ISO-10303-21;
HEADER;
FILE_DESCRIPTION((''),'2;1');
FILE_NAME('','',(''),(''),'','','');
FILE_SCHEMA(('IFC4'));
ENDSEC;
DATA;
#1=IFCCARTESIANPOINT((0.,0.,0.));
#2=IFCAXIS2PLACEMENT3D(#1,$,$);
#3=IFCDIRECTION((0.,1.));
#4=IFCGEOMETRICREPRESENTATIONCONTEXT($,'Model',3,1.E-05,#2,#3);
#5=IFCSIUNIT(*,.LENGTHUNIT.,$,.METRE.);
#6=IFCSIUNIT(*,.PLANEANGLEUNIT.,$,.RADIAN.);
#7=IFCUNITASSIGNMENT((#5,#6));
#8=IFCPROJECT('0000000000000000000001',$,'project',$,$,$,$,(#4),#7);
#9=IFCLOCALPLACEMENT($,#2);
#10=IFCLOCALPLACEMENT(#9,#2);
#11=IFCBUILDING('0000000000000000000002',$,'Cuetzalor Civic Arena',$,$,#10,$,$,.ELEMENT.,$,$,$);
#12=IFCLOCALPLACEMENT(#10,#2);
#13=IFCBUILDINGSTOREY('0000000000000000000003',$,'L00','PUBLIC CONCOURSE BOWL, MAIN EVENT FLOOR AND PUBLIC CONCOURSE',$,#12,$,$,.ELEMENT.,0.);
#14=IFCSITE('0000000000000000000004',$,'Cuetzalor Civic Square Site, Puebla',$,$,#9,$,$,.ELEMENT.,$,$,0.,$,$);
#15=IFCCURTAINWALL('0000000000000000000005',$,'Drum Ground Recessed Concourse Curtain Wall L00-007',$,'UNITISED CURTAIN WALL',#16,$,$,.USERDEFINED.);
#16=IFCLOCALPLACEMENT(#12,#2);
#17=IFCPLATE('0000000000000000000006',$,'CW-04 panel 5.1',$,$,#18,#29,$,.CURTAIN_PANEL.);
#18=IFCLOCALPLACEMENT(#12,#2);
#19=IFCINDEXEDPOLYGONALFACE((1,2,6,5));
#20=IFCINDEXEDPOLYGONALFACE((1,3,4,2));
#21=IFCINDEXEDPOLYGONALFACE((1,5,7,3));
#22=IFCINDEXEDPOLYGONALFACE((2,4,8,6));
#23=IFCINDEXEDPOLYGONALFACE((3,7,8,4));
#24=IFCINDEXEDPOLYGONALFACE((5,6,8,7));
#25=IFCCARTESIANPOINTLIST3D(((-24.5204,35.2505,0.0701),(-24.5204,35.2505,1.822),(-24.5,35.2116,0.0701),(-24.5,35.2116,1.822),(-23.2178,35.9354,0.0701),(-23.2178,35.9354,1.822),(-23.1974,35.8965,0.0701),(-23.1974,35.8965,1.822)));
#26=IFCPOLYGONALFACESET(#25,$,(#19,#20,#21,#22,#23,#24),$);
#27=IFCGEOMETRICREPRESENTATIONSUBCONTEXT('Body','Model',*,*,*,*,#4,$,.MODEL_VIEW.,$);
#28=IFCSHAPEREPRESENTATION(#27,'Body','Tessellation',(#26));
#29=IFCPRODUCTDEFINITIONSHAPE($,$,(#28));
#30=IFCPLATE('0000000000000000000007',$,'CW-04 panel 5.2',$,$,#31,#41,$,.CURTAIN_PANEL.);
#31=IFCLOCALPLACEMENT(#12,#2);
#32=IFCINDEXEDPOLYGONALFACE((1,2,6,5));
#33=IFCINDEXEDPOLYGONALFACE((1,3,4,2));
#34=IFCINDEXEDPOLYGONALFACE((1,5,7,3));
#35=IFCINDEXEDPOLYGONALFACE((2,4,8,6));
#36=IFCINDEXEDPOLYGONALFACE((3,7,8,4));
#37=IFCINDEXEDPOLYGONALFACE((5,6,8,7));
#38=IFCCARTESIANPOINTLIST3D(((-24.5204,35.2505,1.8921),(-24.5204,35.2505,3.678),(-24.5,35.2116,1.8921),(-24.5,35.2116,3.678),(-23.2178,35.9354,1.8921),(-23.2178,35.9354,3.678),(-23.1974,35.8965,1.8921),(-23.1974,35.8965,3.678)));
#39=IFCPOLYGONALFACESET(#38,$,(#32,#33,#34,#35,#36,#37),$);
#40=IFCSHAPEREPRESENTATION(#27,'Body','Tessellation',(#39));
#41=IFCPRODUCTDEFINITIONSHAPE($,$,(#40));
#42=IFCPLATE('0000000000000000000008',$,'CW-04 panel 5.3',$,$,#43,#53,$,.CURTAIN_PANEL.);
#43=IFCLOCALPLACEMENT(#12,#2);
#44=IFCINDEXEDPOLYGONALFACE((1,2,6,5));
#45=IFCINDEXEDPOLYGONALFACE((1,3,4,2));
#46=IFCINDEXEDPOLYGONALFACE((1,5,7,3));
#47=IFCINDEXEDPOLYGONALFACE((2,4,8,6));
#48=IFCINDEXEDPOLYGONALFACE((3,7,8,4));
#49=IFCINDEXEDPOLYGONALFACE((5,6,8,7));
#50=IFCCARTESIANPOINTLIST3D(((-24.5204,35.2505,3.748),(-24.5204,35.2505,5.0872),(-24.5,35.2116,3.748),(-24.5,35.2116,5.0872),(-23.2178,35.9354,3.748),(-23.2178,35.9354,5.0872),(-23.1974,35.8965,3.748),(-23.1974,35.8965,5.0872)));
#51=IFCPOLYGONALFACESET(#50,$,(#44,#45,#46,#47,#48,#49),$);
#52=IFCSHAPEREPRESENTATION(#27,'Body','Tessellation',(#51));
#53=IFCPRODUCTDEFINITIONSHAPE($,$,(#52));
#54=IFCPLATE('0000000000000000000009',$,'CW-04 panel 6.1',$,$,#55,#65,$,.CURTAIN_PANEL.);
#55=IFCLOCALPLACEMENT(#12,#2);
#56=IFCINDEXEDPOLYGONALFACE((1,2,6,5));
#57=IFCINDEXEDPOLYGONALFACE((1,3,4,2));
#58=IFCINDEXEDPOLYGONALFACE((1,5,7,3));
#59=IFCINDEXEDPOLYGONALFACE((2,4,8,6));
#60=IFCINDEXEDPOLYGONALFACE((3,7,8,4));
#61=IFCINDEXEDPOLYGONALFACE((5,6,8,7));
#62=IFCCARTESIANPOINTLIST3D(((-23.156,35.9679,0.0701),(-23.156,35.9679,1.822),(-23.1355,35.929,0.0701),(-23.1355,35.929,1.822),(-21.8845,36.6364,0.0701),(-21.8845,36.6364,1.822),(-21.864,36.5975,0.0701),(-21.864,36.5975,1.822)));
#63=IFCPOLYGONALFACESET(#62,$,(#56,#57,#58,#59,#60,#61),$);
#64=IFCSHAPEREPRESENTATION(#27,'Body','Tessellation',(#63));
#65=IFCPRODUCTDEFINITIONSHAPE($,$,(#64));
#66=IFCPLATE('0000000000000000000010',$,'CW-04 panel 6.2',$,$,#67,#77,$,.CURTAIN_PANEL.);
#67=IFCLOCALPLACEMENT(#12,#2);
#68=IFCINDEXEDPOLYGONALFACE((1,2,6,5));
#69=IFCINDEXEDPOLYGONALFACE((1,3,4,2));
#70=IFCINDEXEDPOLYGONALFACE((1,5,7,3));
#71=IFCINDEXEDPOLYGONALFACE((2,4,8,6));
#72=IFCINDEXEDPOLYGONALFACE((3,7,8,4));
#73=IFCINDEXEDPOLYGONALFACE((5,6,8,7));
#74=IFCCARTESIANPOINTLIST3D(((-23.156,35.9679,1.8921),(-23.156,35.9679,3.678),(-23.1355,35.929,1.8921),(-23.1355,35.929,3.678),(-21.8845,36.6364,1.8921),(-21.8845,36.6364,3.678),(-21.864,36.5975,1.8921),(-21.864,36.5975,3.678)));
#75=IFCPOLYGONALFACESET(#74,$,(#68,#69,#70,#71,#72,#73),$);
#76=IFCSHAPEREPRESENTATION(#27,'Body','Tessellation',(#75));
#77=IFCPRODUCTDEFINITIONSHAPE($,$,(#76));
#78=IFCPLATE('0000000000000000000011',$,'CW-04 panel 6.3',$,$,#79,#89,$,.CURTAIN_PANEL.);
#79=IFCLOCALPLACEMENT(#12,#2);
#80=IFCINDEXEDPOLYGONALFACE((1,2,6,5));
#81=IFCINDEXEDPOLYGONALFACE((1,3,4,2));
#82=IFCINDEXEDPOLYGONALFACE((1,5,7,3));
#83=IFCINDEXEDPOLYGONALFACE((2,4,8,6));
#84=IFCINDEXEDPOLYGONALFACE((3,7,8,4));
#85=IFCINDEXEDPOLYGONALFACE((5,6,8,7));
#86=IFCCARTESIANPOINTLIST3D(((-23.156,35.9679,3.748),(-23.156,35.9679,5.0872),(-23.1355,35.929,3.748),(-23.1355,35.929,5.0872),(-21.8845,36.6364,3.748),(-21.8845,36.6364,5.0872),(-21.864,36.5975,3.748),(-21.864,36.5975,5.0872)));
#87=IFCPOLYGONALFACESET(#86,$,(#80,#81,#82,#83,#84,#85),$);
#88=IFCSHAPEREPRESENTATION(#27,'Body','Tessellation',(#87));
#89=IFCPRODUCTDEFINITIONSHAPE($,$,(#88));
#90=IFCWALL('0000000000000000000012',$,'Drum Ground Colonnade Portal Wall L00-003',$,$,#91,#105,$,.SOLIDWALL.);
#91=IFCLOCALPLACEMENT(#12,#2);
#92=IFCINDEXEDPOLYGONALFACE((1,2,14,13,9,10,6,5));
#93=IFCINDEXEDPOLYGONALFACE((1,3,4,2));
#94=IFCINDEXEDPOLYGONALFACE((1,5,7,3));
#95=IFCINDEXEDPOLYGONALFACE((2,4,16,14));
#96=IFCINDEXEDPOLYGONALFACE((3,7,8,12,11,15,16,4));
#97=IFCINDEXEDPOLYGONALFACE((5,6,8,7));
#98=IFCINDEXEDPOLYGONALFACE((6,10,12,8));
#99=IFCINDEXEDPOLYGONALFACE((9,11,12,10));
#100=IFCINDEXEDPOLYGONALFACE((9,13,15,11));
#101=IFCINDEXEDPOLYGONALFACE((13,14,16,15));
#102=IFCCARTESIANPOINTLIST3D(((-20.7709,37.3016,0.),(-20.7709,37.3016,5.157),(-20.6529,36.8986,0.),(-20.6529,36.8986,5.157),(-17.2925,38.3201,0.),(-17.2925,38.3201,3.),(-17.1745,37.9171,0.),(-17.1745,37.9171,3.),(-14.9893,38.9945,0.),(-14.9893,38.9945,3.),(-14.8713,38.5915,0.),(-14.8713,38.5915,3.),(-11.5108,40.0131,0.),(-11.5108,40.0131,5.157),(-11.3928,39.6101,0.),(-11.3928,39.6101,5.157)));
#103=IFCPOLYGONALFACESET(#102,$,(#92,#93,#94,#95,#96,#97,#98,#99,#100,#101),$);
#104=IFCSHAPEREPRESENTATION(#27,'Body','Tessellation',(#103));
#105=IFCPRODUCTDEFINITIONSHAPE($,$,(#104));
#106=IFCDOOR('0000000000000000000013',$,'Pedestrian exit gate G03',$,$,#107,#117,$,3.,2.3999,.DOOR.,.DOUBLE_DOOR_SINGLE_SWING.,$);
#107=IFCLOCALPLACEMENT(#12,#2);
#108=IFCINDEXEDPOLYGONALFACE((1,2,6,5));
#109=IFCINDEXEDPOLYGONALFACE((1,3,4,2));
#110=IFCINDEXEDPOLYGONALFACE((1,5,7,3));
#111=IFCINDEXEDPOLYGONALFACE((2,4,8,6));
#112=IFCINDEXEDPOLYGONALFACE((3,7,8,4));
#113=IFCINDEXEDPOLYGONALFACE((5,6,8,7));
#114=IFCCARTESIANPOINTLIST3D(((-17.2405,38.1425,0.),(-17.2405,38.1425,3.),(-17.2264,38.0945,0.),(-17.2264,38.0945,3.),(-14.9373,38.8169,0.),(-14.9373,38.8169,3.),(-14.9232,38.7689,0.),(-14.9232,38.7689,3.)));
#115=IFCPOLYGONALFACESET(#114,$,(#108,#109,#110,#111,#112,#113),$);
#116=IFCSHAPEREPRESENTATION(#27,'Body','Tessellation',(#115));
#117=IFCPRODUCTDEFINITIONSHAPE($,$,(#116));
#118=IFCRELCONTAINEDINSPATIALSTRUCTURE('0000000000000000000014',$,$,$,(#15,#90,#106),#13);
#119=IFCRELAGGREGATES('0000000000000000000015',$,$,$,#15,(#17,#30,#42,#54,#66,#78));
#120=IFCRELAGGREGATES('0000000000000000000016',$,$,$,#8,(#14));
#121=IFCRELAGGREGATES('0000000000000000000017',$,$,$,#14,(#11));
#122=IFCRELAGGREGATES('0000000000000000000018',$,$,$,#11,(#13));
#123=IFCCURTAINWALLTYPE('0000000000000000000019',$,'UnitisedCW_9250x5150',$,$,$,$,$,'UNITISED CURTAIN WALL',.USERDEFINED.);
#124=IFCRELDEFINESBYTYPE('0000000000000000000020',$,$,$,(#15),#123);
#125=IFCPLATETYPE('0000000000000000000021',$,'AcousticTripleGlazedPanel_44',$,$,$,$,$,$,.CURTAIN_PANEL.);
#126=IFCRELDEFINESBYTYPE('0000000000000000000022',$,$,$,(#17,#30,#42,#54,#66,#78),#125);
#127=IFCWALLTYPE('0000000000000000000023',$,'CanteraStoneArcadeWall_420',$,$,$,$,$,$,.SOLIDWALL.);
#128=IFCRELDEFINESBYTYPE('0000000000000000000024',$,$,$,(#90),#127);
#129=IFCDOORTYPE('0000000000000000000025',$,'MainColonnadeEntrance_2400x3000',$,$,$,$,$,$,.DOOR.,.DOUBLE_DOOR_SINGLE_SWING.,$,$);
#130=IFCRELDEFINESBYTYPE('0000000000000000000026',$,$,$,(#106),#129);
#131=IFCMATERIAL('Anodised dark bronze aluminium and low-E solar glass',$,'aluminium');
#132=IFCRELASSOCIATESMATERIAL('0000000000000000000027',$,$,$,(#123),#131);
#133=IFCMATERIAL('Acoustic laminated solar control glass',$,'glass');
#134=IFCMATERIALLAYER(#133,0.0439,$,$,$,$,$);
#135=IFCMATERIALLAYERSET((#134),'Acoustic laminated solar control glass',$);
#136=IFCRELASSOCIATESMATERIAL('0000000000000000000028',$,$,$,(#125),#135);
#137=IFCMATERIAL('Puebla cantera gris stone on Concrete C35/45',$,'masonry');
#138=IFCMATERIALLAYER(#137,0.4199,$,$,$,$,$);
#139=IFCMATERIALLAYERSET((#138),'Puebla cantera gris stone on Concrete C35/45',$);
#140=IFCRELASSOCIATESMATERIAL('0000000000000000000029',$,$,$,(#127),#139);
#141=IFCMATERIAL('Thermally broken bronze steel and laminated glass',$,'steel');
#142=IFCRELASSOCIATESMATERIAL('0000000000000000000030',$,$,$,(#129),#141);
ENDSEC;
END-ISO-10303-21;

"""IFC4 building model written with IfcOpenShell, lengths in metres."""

from ifc_helpers import new_model, si_unit, direction, frame, frame_2d, origin, origin_2d, place, context, subcontext, project, spatial, rectangle, extrude, material, layer, layer_set, type_object, element, fill, aggregate, save


model = new_model("IFC4")

# Units and contexts
model_context = context("Model", 3, precision=1e-05, world=origin(), true_north=direction((0.0, 1.0)))
body_context = subcontext(model_context, "Body", "Model", "MODEL_VIEW")
ifc_project = project(units=[si_unit("LENGTHUNIT", "METRE"), si_unit("PLANEANGLEUNIT", "RADIAN")], contexts=[model_context])

# Site, building, storey
site_placement = place(None, origin())
site = spatial("IfcSite", under=ifc_project, at=site_placement, Name="Cuetzalor Civic Square Site, Puebla", CompositionType="ELEMENT", RefElevation=0.0)
building_placement = place(site_placement, origin())
building = spatial("IfcBuilding", under=site, at=building_placement, Name="Cuetzalor Civic Arena", CompositionType="ELEMENT")
storey_placement = place(building_placement, origin())
storey = spatial("IfcBuildingStorey", under=building, at=storey_placement, Name="L00", Description="PUBLIC CONCOURSE BOWL, MAIN EVENT FLOOR AND PUBLIC CONCOURSE", CompositionType="ELEMENT", Elevation=0.0)

# Curtain wall
ifc_material_1 = material(Name="Anodised dark bronze aluminium and low-E solar glass", Category="aluminium")
curtain_wall_type_1 = type_object("IfcCurtainWallType", Name="UnitisedCW_9250x5150", ElementType="UNITISED CURTAIN WALL", PredefinedType="USERDEFINED", material=ifc_material_1)
curtain_wall_1_placement = place(storey_placement, origin())
curtain_wall_1 = element("IfcCurtainWall", 1, at=curtain_wall_1_placement, inside=storey, type_object=curtain_wall_type_1, Name="Drum Ground Recessed Concourse Curtain Wall L00-007", ObjectType="UNITISED CURTAIN WALL", PredefinedType="USERDEFINED")

# Plates
ifc_material_2 = material(Name="Acoustic laminated solar control glass", Category="glass")
ifc_layer_1 = layer(ifc_material_2, 0.0439)
ifc_layer_set_1 = layer_set([ifc_layer_1], Name="Acoustic laminated solar control glass")
plate_type = type_object("IfcPlateType", Name="AcousticTripleGlazedPanel_44", PredefinedType="CURTAIN_PANEL", material=ifc_layer_set_1)
plate_1_placement = place(storey_placement, frame((-23.8589, 35.5735, 0.0701), z_axis=(0.0, 0.0, 1.0), x_axis=(0.885118, 0.465366, 0.0)))
plate_1 = element("IfcPlate", 2, at=plate_1_placement, type_object=plate_type, Name="CW-04 panel 5.1", PredefinedType="CURTAIN_PANEL", context=body_context, shape_type="SweptSolid", body=[
    extrude(rectangle(XDim=1.4717, YDim=0.0439, at=origin_2d()), origin(), (0.0, 0.0, 1.0), 1.752),
])
plate_2_placement = place(storey_placement, frame((-23.8589, 35.5735, 1.8921), z_axis=(0.0, 0.0, 1.0), x_axis=(0.885118, 0.465366, 0.0)))
plate_2 = element("IfcPlate", 3, at=plate_2_placement, type_object=plate_type, Name="CW-04 panel 5.2", PredefinedType="CURTAIN_PANEL", context=body_context, shape_type="SweptSolid", body=[
    extrude(rectangle(XDim=1.4717, YDim=0.0439, at=origin_2d()), origin(), (0.0, 0.0, 1.0), 1.7859),
])
plate_3_placement = place(storey_placement, frame((-23.8589, 35.5735, 3.748), z_axis=(0.0, 0.0, 1.0), x_axis=(0.885118, 0.465366, 0.0)))
plate_3 = element("IfcPlate", 4, at=plate_3_placement, type_object=plate_type, Name="CW-04 panel 5.3", PredefinedType="CURTAIN_PANEL", context=body_context, shape_type="SweptSolid", body=[
    extrude(rectangle(XDim=1.4717, YDim=0.0439, at=origin_2d()), origin(), (0.0, 0.0, 1.0), 1.3391),
])
plate_4_placement = place(storey_placement, frame((-22.51, 36.2827, 0.0701), z_axis=(0.0, 0.0, 1.0), x_axis=(0.885118, 0.465366, 0.0)))
plate_4 = element("IfcPlate", 5, at=plate_4_placement, type_object=plate_type, Name="CW-04 panel 6.1", PredefinedType="CURTAIN_PANEL", context=body_context, shape_type="SweptSolid", body=[
    extrude(rectangle(XDim=1.4365, YDim=0.0439, at=origin_2d()), origin(), (0.0, 0.0, 1.0), 1.752),
])
plate_5_placement = place(storey_placement, frame((-22.51, 36.2827, 1.8921), z_axis=(0.0, 0.0, 1.0), x_axis=(0.885118, 0.465366, 0.0)))
plate_5 = element("IfcPlate", 6, at=plate_5_placement, type_object=plate_type, Name="CW-04 panel 6.2", PredefinedType="CURTAIN_PANEL", context=body_context, shape_type="SweptSolid", body=[
    extrude(rectangle(XDim=1.4365, YDim=0.0439, at=origin_2d()), origin(), (0.0, 0.0, 1.0), 1.7859),
])
plate_6_placement = place(storey_placement, frame((-22.51, 36.2827, 3.748), z_axis=(0.0, 0.0, 1.0), x_axis=(0.885118, 0.465366, 0.0)))
plate_6 = element("IfcPlate", 7, at=plate_6_placement, type_object=plate_type, Name="CW-04 panel 6.3", PredefinedType="CURTAIN_PANEL", context=body_context, shape_type="SweptSolid", body=[
    extrude(rectangle(XDim=1.4365, YDim=0.0439, at=origin_2d()), origin(), (0.0, 0.0, 1.0), 1.3391),
])
aggregate(curtain_wall_1, [plate_1, plate_2, plate_3, plate_4, plate_5, plate_6])

# Wall, opening, door
ifc_material_3 = material(Name="Puebla cantera gris stone on Concrete C35/45", Category="masonry")
ifc_layer_2 = layer(ifc_material_3, 0.4199)
ifc_layer_set_2 = layer_set([ifc_layer_2], Name="Puebla cantera gris stone on Concrete C35/45")
wall_type = type_object("IfcWallType", Name="CanteraStoneArcadeWall_420", PredefinedType="SOLIDWALL", material=ifc_layer_set_2)
wall_placement = place(storey_placement, frame((-20.7119, 37.1001, 0.0), z_axis=(0.0, 0.0, 1.0), x_axis=(0.959704, 0.281011, 0.0)))
wall = element("IfcWall", 8, at=wall_placement, inside=storey, type_object=wall_type, Name="Drum Ground Colonnade Portal Wall L00-003", PredefinedType="SOLIDWALL", context=body_context, shape_type="SweptSolid", body=[
    extrude(rectangle(XDim=9.6489, YDim=0.4199, at=frame_2d((4.8245, 0.0))), origin(), (0.0, 0.0, 1.0), 5.157),
])
opening_placement = place(wall_placement, frame((3.6245, 0.0, 0.0)))
opening = element("IfcOpeningElement", 9, at=opening_placement, cuts=wall, PredefinedType="OPENING", context=body_context, shape_type="SweptSolid", body=[
    extrude(rectangle(XDim=2.3999, YDim=3.0, at=frame_2d((1.2, 1.5))), frame((0.0, 0.22, 0.0), z_axis=(0.0, -1.0, 0.0), x_axis=(1.0, 0.0, 0.0)), (0.0, 0.0, 1.0), 0.4399),
])
ifc_material_4 = material(Name="Thermally broken bronze steel and laminated glass", Category="steel")
door_type = type_object("IfcDoorType", Name="MainColonnadeEntrance_2400x3000", OperationType="DOUBLE_DOOR_SINGLE_SWING", PredefinedType="DOOR", material=ifc_material_4)
door_placement = place(opening_placement, origin())
door = element("IfcDoor", 10, at=door_placement, inside=storey, type_object=door_type, Name="Pedestrian exit gate G03", OperationType="DOUBLE_DOOR_SINGLE_SWING", OverallHeight=3.0, OverallWidth=2.3999, PredefinedType="DOOR", context=body_context, shape_type="SweptSolid", body=[
    extrude(rectangle(XDim=2.3999, YDim=3.0, at=frame_2d((1.2, 1.5))), frame((0.0, 0.0249, 0.0), z_axis=(0.0, -1.0, 0.0), x_axis=(1.0, 0.0, 0.0)), (0.0, 0.0, 1.0), 0.05),
])
fill(opening, door)

save(model, "model.ifc")
